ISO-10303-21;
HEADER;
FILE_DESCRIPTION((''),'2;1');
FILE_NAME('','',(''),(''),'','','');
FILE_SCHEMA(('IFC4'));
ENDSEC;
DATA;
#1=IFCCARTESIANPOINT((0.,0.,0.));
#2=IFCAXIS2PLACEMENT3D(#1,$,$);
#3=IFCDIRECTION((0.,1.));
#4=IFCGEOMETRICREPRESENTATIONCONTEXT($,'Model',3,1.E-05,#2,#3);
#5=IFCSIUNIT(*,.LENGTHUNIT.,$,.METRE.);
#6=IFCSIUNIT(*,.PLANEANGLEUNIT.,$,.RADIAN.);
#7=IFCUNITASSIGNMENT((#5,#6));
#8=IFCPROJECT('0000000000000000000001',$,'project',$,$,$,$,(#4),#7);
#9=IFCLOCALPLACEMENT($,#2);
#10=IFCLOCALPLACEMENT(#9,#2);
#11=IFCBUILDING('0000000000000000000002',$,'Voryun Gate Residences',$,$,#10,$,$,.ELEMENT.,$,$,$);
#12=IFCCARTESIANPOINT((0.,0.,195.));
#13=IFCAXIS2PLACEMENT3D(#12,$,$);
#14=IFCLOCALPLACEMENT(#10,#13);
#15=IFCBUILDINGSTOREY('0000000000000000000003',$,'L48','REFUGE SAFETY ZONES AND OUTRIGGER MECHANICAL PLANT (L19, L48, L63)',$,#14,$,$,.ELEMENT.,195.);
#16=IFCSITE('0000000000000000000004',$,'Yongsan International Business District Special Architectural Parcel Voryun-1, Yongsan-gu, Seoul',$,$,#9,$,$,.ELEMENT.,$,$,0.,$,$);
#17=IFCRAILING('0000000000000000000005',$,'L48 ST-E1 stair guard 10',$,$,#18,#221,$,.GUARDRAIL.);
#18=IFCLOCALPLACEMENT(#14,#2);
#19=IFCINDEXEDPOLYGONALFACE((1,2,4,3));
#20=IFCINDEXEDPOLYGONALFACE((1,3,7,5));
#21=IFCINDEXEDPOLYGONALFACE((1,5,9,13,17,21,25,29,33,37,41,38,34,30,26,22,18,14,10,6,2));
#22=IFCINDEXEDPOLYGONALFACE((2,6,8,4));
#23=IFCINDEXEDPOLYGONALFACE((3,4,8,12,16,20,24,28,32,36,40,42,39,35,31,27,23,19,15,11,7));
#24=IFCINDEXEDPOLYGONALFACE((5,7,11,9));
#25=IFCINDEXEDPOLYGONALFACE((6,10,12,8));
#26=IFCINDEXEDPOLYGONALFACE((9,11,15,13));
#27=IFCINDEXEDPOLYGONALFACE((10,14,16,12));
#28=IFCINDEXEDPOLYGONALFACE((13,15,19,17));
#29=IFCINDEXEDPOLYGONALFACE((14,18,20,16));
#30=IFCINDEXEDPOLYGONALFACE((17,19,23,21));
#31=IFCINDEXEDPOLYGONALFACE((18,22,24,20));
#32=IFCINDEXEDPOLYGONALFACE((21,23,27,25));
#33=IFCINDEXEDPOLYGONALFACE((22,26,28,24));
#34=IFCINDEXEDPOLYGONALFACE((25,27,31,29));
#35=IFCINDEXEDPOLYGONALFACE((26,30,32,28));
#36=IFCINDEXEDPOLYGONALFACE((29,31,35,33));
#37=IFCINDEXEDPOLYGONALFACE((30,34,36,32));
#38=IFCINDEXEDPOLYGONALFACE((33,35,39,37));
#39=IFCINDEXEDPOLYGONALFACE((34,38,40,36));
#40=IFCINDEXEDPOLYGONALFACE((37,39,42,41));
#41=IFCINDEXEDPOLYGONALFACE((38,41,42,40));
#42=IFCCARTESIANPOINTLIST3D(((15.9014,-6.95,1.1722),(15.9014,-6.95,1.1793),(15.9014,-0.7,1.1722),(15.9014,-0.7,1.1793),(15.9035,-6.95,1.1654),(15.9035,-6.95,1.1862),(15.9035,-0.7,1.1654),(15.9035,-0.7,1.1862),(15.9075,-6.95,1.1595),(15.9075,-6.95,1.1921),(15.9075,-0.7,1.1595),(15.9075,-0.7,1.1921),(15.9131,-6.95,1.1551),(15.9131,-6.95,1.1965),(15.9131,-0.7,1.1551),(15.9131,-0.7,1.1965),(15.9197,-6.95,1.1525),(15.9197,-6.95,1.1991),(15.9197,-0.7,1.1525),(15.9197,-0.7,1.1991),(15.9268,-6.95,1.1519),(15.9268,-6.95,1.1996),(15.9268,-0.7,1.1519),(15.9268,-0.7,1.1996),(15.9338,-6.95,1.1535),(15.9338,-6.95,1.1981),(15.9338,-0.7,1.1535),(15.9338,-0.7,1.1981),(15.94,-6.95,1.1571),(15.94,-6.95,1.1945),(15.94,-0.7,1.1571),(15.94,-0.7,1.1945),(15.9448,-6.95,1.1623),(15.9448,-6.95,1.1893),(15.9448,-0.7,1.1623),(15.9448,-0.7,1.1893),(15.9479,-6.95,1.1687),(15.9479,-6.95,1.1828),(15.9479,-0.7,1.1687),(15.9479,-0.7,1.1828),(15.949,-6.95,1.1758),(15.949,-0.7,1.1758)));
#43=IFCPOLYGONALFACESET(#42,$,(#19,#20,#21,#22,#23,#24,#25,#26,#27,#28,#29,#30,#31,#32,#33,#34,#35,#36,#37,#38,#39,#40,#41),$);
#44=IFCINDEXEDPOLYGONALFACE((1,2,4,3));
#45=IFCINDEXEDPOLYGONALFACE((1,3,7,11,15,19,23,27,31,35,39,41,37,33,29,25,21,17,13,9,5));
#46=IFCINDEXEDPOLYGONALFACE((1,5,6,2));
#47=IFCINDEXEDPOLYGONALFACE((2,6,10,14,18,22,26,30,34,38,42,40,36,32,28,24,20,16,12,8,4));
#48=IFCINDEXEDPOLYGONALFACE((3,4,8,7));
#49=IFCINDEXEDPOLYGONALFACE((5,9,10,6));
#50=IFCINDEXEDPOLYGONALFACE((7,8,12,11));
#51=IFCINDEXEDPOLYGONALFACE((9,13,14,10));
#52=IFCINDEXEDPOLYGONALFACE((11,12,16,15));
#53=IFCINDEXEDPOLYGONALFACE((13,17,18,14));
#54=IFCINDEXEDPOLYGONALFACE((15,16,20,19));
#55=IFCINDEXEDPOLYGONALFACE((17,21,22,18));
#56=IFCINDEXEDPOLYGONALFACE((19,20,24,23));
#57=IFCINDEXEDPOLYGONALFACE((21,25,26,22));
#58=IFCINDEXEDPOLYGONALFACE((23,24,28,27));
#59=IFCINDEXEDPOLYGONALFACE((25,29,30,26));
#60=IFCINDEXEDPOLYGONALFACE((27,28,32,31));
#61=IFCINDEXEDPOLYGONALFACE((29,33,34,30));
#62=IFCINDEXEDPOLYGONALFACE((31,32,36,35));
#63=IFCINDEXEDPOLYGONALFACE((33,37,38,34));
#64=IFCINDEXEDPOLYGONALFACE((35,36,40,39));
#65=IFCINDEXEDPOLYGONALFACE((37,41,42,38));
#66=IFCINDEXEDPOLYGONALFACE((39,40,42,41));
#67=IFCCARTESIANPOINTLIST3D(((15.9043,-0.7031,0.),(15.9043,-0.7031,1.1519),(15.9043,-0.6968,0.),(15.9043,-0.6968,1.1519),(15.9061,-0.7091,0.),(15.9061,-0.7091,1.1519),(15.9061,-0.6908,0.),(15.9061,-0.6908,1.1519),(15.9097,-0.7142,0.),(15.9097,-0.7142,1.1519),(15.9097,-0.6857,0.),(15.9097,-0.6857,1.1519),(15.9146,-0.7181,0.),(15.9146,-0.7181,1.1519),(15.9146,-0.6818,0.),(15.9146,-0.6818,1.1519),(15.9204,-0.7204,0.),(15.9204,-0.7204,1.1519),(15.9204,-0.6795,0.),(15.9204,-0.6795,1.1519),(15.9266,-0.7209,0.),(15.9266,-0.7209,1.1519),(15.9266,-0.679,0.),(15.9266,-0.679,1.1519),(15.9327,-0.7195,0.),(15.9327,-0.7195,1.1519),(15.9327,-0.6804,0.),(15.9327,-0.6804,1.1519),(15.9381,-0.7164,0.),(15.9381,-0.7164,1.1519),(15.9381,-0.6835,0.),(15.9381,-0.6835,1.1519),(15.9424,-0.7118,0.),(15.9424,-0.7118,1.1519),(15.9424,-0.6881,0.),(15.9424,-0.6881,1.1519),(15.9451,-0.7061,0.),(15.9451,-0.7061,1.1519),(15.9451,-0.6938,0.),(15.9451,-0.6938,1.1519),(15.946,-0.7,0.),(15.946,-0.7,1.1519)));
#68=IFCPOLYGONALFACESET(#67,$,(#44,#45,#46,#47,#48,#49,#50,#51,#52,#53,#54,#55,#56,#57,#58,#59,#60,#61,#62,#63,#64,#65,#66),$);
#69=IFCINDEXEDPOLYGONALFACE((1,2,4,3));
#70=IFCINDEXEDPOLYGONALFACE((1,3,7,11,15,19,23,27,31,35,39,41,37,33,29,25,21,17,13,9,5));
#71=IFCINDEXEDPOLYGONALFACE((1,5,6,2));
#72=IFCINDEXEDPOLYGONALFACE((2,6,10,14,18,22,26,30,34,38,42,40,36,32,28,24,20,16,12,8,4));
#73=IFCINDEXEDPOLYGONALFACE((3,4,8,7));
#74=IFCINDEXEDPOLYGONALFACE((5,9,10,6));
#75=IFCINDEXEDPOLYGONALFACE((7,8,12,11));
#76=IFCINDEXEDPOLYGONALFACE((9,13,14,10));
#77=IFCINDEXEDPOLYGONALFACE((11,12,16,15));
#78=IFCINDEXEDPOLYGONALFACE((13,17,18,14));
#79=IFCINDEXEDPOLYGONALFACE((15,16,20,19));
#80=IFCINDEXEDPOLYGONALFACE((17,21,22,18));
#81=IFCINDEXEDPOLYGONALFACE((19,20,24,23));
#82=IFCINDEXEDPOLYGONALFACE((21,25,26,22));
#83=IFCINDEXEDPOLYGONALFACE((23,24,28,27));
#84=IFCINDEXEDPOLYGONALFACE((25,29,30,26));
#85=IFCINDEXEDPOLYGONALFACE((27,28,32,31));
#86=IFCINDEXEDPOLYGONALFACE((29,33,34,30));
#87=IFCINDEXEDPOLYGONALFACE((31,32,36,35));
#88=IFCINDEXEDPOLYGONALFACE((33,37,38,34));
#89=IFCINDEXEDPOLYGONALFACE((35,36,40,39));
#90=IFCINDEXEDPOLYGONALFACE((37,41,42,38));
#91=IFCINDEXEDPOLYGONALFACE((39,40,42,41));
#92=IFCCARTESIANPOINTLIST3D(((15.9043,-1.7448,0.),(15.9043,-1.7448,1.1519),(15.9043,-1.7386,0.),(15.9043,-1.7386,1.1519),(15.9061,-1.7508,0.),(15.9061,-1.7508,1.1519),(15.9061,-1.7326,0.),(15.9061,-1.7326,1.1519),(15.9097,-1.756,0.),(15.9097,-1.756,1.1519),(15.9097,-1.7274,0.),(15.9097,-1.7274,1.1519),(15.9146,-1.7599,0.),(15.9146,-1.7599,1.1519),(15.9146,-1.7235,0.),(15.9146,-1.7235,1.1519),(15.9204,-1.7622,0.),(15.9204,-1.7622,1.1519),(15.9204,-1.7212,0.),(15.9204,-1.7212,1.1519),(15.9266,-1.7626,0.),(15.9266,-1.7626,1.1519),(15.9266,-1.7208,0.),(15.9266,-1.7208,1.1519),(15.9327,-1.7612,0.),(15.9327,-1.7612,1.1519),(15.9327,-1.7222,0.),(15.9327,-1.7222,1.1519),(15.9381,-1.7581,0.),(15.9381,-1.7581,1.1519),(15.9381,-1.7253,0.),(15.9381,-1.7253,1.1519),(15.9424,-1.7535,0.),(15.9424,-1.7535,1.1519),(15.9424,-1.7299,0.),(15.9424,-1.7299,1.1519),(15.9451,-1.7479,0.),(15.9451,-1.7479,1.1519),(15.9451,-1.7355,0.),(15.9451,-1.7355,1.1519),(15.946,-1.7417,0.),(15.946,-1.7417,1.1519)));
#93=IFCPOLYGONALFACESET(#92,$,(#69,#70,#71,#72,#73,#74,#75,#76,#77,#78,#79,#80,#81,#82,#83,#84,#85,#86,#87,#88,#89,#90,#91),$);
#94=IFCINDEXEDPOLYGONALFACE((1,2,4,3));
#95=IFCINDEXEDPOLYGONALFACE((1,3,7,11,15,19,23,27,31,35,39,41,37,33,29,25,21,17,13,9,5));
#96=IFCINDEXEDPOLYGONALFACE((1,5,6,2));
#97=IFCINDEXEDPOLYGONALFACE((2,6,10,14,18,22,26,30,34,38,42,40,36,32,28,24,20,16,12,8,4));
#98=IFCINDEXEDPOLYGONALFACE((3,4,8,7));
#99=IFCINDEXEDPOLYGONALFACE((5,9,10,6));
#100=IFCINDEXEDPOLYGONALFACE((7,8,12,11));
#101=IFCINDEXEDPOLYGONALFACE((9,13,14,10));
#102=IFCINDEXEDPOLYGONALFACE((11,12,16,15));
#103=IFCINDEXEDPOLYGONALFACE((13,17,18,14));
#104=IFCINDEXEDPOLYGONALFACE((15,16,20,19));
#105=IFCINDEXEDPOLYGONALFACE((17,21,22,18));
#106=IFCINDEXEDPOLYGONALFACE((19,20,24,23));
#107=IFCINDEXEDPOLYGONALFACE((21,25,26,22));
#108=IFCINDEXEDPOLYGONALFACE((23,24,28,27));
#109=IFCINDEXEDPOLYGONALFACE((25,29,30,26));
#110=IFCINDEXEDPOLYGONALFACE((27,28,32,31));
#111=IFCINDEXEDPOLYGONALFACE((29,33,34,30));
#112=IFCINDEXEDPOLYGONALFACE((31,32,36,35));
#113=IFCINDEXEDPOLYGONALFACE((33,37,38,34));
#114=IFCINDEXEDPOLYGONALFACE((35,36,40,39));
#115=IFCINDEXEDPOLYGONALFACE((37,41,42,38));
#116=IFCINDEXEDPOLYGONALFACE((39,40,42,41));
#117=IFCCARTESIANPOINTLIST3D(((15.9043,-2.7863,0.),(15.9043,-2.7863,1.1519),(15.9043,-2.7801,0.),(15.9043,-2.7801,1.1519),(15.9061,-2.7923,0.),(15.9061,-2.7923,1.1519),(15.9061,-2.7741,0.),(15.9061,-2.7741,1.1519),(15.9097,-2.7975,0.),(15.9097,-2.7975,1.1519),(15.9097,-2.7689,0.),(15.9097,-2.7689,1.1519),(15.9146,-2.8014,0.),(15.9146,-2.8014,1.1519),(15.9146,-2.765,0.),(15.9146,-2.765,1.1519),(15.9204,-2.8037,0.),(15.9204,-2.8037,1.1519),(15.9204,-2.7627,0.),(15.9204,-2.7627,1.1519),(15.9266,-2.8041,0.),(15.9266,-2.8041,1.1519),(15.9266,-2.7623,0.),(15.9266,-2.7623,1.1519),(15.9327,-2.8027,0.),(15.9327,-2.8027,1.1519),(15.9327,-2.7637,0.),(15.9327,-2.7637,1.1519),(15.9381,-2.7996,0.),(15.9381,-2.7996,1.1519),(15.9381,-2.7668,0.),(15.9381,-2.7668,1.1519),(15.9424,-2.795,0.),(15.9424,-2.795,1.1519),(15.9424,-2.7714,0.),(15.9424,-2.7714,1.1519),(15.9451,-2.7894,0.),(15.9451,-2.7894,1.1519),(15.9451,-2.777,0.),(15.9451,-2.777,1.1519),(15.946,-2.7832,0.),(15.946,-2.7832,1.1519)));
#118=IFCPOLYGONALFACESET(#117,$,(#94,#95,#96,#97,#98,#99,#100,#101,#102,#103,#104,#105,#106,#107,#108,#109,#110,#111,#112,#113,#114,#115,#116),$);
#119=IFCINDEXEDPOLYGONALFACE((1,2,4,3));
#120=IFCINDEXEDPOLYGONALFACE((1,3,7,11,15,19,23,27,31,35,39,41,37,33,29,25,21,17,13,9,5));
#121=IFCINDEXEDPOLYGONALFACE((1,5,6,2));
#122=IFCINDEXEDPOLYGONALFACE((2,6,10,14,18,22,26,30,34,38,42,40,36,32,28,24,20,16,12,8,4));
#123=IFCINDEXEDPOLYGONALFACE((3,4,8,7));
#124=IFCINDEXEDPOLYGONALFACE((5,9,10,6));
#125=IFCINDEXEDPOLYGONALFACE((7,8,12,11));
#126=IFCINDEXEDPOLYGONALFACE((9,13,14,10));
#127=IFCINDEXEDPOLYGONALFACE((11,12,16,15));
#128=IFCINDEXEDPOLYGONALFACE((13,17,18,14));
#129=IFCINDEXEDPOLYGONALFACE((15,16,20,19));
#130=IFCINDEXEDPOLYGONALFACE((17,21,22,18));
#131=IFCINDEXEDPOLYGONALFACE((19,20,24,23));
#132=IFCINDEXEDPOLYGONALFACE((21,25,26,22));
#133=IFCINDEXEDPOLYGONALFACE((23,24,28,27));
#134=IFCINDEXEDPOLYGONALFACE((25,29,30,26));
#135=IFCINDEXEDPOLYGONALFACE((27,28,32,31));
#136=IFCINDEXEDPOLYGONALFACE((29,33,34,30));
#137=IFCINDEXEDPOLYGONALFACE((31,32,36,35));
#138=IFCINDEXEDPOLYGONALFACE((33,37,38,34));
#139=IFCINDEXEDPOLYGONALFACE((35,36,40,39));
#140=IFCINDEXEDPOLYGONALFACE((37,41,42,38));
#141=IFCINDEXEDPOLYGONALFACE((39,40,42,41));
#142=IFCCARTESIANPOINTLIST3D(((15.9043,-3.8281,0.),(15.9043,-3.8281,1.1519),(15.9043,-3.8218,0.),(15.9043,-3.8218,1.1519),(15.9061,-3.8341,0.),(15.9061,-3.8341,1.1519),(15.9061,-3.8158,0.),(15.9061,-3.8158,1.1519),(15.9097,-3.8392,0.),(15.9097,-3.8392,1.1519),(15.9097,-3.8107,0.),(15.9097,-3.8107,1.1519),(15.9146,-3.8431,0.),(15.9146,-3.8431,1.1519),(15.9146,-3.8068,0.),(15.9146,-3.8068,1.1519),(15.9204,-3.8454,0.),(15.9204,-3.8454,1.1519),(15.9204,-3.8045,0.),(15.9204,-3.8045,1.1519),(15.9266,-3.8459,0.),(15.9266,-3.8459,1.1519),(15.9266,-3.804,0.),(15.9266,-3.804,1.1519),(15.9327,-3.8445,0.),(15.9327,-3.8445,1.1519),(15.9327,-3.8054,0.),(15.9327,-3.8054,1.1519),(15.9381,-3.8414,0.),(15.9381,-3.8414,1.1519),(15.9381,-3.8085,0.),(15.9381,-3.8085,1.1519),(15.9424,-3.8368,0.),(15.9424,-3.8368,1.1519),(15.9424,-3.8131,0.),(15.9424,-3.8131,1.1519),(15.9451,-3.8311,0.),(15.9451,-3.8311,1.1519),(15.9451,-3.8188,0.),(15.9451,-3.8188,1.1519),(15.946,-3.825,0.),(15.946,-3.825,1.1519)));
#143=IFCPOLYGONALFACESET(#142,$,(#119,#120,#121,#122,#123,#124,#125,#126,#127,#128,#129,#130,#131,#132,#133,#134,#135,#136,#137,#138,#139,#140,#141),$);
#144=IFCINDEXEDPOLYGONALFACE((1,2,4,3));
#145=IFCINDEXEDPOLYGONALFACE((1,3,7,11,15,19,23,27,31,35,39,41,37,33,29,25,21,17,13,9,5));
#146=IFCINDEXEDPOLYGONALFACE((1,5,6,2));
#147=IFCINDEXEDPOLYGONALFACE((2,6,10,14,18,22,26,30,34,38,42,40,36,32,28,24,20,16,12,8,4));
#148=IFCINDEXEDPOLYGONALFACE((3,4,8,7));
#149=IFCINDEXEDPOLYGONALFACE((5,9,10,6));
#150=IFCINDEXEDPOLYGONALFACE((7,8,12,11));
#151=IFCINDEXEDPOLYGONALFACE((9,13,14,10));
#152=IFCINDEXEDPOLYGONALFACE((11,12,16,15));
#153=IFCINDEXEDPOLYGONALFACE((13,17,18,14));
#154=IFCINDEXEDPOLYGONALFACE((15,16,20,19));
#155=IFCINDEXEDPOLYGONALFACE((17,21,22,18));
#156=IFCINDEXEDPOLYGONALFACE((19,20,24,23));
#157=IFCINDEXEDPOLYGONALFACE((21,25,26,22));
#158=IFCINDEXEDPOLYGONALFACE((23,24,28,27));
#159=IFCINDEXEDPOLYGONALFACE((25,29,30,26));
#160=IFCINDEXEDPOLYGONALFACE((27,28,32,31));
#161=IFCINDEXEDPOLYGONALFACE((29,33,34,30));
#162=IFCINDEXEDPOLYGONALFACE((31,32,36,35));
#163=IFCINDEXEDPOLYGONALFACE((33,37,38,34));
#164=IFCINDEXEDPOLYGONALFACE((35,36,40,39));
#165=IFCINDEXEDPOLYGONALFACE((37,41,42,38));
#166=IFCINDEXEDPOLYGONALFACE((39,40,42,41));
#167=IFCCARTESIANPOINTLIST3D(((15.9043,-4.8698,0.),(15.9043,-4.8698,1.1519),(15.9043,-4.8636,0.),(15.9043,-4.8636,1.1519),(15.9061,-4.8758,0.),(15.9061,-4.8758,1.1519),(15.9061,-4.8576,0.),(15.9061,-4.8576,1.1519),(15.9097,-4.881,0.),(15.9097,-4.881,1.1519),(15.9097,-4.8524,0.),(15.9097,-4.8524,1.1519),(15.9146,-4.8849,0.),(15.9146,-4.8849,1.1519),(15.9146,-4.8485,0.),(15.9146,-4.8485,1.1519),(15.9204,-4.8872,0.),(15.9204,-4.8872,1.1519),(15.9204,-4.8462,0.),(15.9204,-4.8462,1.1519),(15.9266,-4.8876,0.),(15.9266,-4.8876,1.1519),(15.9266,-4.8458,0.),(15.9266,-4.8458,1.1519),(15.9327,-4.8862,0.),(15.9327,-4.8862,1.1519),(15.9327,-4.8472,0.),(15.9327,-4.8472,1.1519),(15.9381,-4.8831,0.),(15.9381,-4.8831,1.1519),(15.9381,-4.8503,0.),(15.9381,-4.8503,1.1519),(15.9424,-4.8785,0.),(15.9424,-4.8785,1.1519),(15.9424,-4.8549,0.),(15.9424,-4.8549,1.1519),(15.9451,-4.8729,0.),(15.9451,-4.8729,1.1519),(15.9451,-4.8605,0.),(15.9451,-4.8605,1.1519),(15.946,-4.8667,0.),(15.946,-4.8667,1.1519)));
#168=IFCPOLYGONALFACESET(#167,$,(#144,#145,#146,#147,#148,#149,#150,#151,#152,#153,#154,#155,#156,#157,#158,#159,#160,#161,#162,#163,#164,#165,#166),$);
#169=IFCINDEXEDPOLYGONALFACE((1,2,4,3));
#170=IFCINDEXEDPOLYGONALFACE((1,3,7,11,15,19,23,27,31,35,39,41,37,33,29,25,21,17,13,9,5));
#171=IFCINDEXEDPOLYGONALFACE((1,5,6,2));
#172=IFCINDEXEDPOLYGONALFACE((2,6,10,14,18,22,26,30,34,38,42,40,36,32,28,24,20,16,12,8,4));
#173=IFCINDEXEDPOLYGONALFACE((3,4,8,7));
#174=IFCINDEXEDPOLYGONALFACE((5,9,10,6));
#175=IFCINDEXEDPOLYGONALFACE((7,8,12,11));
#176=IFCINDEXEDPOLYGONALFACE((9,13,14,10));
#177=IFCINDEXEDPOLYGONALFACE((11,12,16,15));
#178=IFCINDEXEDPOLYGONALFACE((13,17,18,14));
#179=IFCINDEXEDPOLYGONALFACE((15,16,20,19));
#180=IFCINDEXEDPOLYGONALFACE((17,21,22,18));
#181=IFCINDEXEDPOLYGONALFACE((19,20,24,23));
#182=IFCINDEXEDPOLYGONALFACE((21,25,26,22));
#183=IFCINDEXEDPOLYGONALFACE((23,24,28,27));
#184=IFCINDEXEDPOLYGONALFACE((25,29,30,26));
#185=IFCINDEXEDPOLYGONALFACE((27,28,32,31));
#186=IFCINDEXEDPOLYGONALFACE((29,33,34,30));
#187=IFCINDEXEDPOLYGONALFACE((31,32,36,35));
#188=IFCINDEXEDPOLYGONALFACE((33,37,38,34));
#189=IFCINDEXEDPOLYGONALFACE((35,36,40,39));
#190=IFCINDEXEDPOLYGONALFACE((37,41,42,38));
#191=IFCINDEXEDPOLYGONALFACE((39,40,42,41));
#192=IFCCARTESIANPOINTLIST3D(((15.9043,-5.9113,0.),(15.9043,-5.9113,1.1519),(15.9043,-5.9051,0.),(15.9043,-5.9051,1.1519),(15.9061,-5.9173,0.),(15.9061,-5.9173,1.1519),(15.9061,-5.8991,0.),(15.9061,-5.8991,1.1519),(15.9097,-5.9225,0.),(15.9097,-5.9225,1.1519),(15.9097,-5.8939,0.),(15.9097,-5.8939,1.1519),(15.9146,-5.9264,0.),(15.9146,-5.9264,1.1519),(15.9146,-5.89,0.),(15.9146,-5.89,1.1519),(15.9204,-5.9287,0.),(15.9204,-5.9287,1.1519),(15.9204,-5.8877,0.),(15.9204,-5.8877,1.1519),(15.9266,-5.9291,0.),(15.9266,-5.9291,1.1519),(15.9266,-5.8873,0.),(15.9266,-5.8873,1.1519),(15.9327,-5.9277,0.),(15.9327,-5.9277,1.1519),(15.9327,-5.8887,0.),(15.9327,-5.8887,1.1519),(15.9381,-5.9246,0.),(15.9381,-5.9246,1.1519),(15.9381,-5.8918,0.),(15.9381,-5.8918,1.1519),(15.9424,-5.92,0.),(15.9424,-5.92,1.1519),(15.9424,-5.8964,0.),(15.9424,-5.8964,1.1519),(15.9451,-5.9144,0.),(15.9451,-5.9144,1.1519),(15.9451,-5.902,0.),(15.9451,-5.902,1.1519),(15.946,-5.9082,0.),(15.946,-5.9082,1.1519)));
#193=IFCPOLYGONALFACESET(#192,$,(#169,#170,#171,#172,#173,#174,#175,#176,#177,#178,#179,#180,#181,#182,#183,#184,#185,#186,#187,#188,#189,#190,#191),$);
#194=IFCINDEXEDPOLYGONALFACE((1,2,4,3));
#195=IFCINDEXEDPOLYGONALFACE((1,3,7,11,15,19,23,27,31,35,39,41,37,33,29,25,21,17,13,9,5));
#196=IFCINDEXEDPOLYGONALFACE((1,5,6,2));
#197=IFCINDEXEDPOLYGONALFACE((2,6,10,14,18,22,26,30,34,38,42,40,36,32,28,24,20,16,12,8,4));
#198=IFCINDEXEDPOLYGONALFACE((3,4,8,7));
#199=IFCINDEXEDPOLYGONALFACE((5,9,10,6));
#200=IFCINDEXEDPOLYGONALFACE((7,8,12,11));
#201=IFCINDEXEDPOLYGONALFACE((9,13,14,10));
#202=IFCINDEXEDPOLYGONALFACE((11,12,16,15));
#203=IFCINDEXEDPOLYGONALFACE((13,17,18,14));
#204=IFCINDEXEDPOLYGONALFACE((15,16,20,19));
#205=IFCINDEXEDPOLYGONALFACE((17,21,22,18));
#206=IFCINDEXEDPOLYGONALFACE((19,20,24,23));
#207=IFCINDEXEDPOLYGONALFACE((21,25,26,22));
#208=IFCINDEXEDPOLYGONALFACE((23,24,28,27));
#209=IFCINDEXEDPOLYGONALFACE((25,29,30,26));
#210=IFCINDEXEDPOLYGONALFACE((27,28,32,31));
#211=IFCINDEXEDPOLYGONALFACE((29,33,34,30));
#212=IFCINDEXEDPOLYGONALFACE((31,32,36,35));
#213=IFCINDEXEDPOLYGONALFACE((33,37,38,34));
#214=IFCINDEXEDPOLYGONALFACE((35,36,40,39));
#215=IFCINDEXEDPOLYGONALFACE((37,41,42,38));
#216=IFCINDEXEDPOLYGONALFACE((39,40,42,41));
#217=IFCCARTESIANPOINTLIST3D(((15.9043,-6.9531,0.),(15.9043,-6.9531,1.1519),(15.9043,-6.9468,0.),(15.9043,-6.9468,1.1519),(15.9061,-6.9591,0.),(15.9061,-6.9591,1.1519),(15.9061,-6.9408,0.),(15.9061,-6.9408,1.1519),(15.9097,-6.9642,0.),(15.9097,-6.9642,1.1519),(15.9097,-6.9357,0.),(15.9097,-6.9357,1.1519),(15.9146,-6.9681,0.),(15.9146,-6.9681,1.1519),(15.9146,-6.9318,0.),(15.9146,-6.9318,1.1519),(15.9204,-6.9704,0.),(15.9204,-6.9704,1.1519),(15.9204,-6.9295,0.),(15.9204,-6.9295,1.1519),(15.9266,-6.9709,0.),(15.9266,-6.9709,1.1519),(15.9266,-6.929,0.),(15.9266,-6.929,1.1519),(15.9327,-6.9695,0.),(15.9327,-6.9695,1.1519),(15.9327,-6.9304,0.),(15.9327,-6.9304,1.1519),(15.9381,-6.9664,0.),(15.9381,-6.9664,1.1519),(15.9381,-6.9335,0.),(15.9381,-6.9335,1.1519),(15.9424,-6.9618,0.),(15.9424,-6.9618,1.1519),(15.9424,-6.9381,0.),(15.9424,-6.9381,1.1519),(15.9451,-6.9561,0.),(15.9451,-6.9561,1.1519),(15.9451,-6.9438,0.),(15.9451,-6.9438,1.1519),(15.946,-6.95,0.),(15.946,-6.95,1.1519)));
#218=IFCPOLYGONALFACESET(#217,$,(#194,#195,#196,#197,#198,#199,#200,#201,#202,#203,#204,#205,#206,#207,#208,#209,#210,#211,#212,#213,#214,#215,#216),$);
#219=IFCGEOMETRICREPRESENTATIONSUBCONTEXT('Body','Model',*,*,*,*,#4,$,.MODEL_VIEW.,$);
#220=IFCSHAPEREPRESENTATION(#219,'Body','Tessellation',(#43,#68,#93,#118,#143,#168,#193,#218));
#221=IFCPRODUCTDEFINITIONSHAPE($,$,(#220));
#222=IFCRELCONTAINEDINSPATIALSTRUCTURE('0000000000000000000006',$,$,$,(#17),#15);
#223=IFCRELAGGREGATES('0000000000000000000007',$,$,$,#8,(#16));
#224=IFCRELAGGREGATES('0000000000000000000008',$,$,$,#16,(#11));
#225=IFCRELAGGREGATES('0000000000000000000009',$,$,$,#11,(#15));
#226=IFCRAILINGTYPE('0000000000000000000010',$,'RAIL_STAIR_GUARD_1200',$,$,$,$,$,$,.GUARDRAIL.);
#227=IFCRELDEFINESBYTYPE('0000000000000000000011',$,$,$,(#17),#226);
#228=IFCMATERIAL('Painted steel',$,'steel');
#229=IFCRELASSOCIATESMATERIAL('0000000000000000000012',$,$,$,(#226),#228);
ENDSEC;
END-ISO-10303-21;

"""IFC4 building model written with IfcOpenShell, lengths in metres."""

from ifc_helpers import new_model, si_unit, direction, frame, origin, origin_2d, place, context, subcontext, project, spatial, circle, extrude, material, type_object, element, save


model = new_model("IFC4")

# Units and contexts
model_context = context("Model", 3, precision=1e-05, world=origin(), true_north=direction((0.0, 1.0)))
body_context = subcontext(model_context, "Body", "Model", "MODEL_VIEW")
ifc_project = project(units=[si_unit("LENGTHUNIT", "METRE"), si_unit("PLANEANGLEUNIT", "RADIAN")], contexts=[model_context])

# Site, building, storey
site_placement = place(None, origin())
site = spatial("IfcSite", under=ifc_project, at=site_placement, Name="Yongsan International Business District Special Architectural Parcel Voryun-1, Yongsan-gu, Seoul", CompositionType="ELEMENT", RefElevation=0.0)
building_placement = place(site_placement, origin())
building = spatial("IfcBuilding", under=site, at=building_placement, Name="Voryun Gate Residences", CompositionType="ELEMENT")
storey_placement = place(building_placement, frame((0.0, 0.0, 195.0)))
storey = spatial("IfcBuildingStorey", under=building, at=storey_placement, Name="L48", Description="REFUGE SAFETY ZONES AND OUTRIGGER MECHANICAL PLANT (L19, L48, L63)", CompositionType="ELEMENT", Elevation=195.0)

# Railing
ifc_material_1 = material(Name="Painted steel", Category="steel")
railing_type = type_object("IfcRailingType", Name="RAIL_STAIR_GUARD_1200", PredefinedType="GUARDRAIL", material=ifc_material_1)
railing_placement = place(storey_placement, frame((15.925, -0.7, 0.0)))
element("IfcRailing", 1, at=railing_placement, inside=storey, type_object=railing_type, Name="L48 ST-E1 stair guard 10", PredefinedType="GUARDRAIL", context=body_context, shape_type="SweptSolid", body=[
    extrude(circle(Radius=0.0239, at=origin_2d()), frame((0.0, 0.0, 1.1758), z_axis=(0.0, -1.0, 0.0), x_axis=(1.0, 0.0, 0.0)), (0.0, 0.0, 1.0), 6.25),
    extrude(circle(Radius=0.021, at=origin_2d()), origin(), (0.0, 0.0, 1.0), 1.1519),
    extrude(circle(Radius=0.021, at=origin_2d()), frame((0.0, -1.0417, 0.0)), (0.0, 0.0, 1.0), 1.1519),
    extrude(circle(Radius=0.021, at=origin_2d()), frame((0.0, -2.0833, 0.0)), (0.0, 0.0, 1.0), 1.1519),
    extrude(circle(Radius=0.021, at=origin_2d()), frame((0.0, -3.125, 0.0)), (0.0, 0.0, 1.0), 1.1519),
    extrude(circle(Radius=0.021, at=origin_2d()), frame((0.0, -4.1667, 0.0)), (0.0, 0.0, 1.0), 1.1519),
    extrude(circle(Radius=0.021, at=origin_2d()), frame((0.0, -5.2083, 0.0)), (0.0, 0.0, 1.0), 1.1519),
    extrude(circle(Radius=0.021, at=origin_2d()), frame((0.0, -6.25, 0.0)), (0.0, 0.0, 1.0), 1.1519),
])

save(model, "model.ifc")
